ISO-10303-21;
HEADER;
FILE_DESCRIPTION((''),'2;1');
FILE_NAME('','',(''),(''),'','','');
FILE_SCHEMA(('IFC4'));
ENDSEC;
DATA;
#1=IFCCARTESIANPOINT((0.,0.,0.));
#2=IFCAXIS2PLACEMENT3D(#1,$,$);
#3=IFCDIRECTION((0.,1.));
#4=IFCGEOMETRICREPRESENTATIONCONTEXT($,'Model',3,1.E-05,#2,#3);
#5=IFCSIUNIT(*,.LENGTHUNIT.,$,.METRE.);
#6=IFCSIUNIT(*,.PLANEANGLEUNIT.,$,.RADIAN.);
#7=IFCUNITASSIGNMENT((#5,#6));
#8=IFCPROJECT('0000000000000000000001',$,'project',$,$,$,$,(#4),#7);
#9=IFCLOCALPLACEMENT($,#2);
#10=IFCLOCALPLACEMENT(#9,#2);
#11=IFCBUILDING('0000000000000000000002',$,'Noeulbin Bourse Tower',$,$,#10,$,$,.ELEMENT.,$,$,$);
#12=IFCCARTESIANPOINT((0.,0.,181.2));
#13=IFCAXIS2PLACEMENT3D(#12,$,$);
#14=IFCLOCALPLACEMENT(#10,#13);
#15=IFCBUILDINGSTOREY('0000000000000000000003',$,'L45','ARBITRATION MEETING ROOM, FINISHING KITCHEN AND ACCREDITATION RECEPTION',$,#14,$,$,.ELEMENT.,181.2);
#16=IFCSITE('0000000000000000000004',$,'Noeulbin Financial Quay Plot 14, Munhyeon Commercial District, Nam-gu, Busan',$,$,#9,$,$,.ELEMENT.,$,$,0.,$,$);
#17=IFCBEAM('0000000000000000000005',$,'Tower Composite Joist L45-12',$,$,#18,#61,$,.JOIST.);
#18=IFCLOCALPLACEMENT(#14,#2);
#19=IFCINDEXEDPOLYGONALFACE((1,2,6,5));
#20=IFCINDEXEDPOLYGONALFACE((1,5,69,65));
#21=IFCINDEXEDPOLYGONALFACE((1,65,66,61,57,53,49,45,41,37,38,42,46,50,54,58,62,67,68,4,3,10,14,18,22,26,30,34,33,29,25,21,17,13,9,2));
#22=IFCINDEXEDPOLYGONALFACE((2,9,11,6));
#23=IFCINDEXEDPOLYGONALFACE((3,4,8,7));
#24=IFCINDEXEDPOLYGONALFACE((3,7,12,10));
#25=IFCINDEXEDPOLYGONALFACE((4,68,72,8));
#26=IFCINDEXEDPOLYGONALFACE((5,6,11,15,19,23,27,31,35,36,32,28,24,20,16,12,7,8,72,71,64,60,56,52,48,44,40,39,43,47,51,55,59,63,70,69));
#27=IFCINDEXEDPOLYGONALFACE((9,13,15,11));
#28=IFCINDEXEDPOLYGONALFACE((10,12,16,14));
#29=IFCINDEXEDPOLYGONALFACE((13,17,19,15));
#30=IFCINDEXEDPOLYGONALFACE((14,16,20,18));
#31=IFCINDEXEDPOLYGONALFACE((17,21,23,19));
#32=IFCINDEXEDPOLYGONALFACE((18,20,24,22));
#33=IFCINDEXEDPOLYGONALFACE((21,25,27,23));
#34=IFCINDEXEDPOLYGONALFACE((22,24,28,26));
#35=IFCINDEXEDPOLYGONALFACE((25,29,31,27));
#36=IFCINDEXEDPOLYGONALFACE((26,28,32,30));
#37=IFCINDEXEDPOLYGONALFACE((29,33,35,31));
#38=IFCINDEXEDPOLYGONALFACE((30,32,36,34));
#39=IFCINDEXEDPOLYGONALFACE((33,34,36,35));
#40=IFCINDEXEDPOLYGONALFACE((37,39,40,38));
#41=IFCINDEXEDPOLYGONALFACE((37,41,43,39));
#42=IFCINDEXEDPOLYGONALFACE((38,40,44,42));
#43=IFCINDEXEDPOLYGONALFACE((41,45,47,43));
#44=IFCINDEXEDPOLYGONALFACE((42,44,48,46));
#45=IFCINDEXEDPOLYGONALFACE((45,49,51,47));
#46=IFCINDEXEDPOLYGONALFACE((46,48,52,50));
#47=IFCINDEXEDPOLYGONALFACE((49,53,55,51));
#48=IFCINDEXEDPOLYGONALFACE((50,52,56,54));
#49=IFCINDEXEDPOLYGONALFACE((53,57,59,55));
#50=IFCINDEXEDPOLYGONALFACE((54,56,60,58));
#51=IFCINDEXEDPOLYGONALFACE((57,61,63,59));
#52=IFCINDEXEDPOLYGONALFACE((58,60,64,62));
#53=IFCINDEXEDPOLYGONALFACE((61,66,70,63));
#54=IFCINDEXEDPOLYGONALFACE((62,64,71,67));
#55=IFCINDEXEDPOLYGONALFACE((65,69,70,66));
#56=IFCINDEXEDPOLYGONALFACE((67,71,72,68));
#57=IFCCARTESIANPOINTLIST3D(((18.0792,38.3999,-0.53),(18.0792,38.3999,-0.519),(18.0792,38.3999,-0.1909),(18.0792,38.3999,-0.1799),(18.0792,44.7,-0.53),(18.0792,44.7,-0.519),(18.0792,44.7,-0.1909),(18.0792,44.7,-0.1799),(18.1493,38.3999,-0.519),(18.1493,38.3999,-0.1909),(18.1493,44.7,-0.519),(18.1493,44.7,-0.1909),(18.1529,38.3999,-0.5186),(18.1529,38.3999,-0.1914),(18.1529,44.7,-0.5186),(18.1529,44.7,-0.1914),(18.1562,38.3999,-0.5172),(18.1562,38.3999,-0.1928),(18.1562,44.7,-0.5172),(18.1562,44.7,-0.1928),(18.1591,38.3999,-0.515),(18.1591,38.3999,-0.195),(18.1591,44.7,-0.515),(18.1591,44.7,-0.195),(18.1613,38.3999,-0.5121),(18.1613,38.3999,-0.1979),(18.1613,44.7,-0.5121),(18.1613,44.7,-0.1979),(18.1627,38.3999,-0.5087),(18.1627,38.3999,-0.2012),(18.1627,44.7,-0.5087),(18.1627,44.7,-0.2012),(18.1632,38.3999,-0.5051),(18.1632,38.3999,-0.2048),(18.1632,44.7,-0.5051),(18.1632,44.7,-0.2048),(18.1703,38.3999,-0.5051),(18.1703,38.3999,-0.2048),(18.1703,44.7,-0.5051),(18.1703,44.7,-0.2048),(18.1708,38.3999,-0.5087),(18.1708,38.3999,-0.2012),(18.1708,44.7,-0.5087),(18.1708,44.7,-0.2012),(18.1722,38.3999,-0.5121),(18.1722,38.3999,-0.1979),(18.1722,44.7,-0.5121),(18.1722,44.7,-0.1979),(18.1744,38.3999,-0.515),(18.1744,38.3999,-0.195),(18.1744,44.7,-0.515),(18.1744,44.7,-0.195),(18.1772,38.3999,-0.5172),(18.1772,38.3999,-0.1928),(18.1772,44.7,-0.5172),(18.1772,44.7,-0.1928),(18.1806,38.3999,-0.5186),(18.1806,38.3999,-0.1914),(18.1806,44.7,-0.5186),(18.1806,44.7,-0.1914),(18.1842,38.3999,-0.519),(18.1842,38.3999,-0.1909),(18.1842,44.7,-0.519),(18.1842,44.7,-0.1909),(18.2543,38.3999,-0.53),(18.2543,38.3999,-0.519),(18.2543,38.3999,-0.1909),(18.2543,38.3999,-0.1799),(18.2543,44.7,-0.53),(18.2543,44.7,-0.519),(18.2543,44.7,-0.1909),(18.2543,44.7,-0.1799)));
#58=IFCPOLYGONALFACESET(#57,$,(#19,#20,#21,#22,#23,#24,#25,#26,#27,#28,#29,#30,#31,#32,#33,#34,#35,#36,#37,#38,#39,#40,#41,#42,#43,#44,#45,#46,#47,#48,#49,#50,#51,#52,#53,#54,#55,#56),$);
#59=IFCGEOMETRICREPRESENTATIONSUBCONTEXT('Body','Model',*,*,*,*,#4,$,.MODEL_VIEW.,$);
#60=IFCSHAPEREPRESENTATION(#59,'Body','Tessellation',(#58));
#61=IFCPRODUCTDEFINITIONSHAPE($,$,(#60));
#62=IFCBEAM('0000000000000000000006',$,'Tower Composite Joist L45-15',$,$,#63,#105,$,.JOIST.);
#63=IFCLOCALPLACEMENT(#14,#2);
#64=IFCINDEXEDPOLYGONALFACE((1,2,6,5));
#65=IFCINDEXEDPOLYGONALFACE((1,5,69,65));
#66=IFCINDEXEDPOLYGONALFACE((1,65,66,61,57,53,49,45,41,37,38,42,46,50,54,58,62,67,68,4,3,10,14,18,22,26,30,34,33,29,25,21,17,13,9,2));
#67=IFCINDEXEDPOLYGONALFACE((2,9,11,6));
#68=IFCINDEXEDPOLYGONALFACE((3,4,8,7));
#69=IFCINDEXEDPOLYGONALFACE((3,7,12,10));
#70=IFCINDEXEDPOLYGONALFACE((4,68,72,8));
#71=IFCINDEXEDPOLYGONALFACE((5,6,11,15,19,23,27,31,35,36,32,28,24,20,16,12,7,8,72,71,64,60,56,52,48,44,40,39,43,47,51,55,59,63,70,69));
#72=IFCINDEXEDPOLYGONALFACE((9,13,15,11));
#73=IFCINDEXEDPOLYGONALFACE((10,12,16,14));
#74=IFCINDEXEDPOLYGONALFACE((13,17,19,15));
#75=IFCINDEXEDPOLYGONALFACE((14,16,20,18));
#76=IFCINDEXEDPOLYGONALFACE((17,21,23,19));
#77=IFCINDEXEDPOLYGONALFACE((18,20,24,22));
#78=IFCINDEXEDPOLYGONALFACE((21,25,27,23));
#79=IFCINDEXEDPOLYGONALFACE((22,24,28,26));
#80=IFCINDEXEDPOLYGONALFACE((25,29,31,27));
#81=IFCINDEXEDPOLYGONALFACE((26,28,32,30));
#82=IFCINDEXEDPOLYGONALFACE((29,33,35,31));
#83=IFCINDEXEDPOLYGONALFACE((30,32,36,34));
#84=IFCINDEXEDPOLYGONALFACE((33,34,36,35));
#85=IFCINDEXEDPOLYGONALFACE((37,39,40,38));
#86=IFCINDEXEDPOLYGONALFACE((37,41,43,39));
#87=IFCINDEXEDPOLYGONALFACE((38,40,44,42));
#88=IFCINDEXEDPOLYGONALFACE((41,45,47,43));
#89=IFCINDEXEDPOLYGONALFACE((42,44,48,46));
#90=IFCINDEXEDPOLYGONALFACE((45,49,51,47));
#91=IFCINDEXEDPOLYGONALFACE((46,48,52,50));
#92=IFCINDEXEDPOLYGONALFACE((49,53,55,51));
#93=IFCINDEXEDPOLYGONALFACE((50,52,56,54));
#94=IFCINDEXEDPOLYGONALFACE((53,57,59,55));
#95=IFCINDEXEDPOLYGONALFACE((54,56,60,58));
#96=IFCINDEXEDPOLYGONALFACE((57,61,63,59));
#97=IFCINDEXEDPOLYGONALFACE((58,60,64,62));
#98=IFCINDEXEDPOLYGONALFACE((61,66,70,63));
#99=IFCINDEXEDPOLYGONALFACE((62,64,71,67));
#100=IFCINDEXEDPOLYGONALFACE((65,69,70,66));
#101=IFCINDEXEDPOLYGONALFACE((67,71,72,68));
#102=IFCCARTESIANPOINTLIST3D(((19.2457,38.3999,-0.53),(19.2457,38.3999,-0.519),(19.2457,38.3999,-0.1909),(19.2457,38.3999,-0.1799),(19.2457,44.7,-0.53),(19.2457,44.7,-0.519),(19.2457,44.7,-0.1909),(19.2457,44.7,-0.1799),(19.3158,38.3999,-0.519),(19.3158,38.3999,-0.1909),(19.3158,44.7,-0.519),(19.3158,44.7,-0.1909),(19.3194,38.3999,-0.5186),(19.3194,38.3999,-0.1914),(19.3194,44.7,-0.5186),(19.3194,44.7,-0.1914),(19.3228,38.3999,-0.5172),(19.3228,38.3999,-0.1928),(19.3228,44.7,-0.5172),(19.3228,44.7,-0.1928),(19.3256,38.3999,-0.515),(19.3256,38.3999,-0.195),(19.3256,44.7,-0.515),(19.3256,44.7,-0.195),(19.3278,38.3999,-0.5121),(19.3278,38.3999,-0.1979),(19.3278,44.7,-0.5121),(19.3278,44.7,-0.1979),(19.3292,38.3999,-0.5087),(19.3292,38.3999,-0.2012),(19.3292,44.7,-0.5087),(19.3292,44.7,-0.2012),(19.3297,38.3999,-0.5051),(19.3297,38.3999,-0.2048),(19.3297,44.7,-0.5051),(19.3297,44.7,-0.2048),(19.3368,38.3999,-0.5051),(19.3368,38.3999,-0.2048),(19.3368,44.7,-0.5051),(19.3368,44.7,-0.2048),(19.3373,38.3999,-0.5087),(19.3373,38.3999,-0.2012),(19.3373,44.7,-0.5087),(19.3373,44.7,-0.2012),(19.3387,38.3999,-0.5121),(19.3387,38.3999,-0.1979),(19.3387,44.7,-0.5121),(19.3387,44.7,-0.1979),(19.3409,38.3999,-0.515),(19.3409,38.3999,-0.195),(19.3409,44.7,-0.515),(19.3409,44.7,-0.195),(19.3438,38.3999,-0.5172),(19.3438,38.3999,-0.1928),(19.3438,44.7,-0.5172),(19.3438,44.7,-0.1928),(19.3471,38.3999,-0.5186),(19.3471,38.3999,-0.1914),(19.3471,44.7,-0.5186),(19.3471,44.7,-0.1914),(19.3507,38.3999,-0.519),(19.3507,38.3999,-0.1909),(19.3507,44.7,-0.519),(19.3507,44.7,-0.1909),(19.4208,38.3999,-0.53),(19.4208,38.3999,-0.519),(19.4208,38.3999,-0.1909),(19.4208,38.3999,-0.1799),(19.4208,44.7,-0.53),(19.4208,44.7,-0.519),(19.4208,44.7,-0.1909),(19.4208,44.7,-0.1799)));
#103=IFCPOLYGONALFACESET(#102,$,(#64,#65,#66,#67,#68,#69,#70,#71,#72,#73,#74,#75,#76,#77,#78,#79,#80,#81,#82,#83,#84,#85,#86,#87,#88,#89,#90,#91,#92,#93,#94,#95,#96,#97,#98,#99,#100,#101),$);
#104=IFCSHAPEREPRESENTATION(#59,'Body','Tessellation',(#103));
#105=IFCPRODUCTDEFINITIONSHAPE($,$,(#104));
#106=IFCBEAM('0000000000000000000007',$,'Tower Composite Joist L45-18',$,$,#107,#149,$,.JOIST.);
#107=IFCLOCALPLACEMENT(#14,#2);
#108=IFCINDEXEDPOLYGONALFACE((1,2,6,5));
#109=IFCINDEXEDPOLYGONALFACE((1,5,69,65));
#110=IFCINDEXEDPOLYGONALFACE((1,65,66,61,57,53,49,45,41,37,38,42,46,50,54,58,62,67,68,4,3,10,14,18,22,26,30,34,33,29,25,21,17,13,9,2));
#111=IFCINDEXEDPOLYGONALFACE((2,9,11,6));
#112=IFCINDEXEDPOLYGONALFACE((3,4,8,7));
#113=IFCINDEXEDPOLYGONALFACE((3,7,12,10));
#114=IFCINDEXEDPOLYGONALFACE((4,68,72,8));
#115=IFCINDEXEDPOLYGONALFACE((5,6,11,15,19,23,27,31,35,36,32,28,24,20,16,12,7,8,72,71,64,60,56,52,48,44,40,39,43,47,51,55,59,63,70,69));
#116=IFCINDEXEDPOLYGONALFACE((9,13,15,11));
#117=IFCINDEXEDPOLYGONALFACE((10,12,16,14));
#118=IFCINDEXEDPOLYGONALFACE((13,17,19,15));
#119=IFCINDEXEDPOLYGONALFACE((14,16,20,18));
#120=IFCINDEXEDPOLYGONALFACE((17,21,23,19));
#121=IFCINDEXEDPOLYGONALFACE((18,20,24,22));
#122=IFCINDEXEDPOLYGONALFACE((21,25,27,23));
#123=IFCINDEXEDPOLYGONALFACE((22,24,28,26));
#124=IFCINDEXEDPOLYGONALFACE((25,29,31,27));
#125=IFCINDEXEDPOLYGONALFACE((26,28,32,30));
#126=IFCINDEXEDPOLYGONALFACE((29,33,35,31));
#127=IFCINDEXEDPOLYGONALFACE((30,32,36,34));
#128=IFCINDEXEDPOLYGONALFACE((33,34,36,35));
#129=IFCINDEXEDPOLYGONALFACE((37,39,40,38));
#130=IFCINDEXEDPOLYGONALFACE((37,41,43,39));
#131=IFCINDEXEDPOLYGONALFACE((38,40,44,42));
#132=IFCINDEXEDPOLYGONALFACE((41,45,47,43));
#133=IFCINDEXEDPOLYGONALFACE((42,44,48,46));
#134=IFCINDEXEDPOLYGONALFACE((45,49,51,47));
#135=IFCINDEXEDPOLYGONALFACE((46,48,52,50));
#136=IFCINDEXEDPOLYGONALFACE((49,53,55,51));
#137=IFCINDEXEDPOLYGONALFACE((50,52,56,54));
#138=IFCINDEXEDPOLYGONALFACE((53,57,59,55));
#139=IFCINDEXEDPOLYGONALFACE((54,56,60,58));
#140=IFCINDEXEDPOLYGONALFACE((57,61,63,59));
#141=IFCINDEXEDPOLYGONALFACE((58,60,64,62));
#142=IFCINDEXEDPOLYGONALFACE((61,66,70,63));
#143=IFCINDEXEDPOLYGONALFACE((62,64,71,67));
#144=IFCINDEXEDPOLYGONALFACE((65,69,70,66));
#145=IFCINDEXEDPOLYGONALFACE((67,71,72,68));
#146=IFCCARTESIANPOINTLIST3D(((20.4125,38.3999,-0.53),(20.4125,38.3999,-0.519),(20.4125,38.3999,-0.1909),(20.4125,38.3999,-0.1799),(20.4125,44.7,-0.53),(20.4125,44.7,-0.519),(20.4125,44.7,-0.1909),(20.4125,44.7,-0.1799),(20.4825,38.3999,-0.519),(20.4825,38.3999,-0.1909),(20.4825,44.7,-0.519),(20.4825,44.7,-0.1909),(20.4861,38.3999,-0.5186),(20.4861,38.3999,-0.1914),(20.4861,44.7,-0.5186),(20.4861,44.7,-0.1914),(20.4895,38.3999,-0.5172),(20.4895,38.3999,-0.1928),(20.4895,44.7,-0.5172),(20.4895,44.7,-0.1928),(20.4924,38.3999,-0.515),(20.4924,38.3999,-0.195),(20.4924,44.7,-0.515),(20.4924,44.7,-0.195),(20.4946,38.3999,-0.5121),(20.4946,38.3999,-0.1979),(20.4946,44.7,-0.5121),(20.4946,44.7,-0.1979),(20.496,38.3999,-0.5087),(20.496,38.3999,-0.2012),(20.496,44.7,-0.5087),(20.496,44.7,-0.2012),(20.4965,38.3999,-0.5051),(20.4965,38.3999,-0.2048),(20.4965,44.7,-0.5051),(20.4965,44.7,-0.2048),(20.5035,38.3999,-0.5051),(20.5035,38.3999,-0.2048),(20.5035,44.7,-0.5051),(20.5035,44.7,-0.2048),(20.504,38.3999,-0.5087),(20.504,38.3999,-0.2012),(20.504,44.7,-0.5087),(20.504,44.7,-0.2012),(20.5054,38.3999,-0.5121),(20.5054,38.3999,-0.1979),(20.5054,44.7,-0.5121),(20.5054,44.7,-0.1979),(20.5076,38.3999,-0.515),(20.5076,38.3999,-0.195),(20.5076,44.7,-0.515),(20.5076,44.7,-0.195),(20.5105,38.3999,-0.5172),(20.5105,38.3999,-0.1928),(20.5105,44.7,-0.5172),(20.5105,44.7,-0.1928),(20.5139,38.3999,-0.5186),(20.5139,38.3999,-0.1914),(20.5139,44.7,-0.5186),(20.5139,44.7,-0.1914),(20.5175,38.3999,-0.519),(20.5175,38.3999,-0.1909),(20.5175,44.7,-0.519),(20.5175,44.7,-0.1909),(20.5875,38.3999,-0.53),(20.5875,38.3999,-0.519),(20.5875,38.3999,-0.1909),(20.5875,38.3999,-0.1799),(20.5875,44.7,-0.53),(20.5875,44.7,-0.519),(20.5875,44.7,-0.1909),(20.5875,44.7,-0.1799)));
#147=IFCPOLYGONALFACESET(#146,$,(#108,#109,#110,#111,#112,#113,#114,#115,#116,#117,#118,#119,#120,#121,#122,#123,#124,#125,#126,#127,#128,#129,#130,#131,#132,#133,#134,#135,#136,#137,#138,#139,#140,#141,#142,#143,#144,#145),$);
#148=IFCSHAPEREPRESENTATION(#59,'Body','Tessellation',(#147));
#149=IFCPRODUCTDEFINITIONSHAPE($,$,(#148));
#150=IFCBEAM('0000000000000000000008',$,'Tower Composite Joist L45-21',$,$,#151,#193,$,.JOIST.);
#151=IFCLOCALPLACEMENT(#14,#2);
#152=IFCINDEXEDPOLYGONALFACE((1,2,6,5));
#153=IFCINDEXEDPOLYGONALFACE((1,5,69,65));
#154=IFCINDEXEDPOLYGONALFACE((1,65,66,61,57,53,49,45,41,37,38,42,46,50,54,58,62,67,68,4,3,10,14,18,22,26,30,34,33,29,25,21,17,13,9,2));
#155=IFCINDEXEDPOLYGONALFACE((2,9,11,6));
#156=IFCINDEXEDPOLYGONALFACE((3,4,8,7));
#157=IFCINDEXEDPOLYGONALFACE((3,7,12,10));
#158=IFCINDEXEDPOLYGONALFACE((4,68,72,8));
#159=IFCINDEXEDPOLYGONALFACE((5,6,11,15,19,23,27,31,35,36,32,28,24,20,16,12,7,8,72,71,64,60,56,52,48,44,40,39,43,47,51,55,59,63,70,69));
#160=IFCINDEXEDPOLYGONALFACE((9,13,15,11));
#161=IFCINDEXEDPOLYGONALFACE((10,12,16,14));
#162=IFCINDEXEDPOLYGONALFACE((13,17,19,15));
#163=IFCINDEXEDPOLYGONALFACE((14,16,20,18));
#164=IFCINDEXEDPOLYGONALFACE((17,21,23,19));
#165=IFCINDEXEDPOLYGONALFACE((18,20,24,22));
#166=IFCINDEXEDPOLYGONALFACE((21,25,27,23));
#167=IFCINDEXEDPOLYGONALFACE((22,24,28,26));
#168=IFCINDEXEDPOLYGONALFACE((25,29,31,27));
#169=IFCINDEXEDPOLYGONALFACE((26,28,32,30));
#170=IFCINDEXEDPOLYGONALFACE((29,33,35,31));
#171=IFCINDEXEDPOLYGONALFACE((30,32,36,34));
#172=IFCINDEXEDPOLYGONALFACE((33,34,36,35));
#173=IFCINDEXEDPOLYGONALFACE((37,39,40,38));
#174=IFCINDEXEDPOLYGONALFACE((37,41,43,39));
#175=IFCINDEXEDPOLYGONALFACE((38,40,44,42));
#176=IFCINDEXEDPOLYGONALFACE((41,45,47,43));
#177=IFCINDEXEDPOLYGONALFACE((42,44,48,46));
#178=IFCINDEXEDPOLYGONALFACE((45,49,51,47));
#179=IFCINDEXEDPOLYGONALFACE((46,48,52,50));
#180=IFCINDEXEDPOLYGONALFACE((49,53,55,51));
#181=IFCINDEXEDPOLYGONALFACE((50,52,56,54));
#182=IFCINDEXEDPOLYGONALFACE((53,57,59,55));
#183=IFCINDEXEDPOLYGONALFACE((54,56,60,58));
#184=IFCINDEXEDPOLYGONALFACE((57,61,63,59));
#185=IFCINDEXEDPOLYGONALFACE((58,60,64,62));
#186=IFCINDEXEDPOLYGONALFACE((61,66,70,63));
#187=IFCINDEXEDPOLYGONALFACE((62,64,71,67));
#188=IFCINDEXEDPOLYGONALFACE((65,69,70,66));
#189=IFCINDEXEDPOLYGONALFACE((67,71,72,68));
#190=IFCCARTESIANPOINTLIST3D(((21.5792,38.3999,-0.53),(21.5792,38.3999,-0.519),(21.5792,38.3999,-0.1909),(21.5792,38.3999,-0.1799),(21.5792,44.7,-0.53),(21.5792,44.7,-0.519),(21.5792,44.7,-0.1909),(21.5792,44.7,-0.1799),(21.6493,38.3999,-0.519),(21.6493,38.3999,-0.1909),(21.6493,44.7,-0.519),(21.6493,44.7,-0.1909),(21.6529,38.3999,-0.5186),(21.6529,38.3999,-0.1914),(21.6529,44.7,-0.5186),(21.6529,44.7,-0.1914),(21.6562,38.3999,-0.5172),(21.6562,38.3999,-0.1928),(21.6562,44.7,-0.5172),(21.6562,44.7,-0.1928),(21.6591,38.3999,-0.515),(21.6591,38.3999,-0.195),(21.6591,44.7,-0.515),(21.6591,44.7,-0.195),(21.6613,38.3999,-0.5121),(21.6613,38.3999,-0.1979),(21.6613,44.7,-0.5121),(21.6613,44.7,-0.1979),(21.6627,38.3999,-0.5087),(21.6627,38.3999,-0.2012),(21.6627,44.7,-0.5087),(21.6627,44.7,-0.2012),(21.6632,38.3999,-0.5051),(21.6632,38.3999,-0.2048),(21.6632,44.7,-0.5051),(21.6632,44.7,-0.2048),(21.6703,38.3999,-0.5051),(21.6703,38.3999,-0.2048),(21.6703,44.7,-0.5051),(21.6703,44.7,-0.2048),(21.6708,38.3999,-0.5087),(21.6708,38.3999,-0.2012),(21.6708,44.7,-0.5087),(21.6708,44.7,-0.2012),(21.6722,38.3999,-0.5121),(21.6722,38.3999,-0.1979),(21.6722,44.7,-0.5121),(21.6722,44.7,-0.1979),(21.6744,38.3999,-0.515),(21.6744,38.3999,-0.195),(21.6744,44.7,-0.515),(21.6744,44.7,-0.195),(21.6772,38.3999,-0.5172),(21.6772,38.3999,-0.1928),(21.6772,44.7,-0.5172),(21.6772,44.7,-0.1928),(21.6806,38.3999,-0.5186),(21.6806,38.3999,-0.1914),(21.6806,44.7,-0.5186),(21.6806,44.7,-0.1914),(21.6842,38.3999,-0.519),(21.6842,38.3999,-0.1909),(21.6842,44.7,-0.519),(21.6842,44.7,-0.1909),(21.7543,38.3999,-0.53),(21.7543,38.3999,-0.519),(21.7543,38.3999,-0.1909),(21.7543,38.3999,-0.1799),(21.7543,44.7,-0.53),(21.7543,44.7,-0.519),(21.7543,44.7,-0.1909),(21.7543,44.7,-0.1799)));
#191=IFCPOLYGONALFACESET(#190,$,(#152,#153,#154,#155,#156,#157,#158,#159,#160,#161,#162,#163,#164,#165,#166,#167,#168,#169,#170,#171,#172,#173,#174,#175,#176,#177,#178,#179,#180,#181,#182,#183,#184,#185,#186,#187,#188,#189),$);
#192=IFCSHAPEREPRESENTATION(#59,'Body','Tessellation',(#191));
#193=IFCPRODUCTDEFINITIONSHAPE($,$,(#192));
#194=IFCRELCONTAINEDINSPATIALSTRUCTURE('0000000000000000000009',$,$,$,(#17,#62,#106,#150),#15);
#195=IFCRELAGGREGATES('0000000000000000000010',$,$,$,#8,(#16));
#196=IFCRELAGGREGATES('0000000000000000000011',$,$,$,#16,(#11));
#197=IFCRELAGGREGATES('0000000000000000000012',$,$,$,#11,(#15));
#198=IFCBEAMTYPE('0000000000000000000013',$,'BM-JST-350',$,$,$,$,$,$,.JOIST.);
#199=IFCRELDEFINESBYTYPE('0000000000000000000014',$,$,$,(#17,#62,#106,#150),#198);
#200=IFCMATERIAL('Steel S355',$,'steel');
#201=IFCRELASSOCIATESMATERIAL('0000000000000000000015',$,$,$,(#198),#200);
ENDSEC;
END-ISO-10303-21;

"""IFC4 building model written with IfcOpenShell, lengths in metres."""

from ifc_helpers import new_model, si_unit, direction, frame, origin, origin_2d, place, context, subcontext, project, spatial, i_section, extrude, material, material_profile, profile_set, type_object, element, save


model = new_model("IFC4")

# Units and contexts
model_context = context("Model", 3, precision=1e-05, world=origin(), true_north=direction((0.0, 1.0)))
body_context = subcontext(model_context, "Body", "Model", "MODEL_VIEW")
ifc_project = project(units=[si_unit("LENGTHUNIT", "METRE"), si_unit("PLANEANGLEUNIT", "RADIAN")], contexts=[model_context])

# Site, building, storey
site_placement = place(None, origin())
site = spatial("IfcSite", under=ifc_project, at=site_placement, Name="Noeulbin Financial Quay Plot 14, Munhyeon Commercial District, Nam-gu, Busan", CompositionType="ELEMENT", RefElevation=0.0)
building_placement = place(site_placement, origin())
building = spatial("IfcBuilding", under=site, at=building_placement, Name="Noeulbin Bourse Tower", CompositionType="ELEMENT")
storey_placement = place(building_placement, frame((0.0, 0.0, 181.2)))
storey = spatial("IfcBuildingStorey", under=building, at=storey_placement, Name="L45", Description="ARBITRATION MEETING ROOM, FINISHING KITCHEN AND ACCREDITATION RECEPTION", CompositionType="ELEMENT", Elevation=181.2)

# Shared definitions
ifc_material_1 = material(Name="Steel S355", Category="steel")

# Beams
ifc_material_profile_1 = material_profile(ifc_material_1, i_section(OverallWidth=0.175, OverallDepth=0.3501, WebThickness=0.0071, FlangeThickness=0.011, FilletRadius=0.0139, at=origin_2d()), Name="H-350x175x7x11", Category="LoadBearing")
ifc_profile_set_1 = profile_set([ifc_material_profile_1], Name="Steel S355")
beam_type_1 = type_object("IfcBeamType", Name="BM-JST-350", PredefinedType="JOIST", material=ifc_profile_set_1)
for number, where, z_axis, x_axis, name in (
    (1, (18.1667, 38.3999, -0.355), (0.0, 1.0, 0.0), (-1.0, 0.0, 0.0), "Tower Composite Joist L45-12"),
    (2, (19.3333, 38.3999, -0.355), (0.0, 1.0, 0.0), (-1.0, 0.0, 0.0), "Tower Composite Joist L45-15"),
    (3, (20.5, 38.3999, -0.355), (0.0, 1.0, 0.0), (-1.0, 0.0, 0.0), "Tower Composite Joist L45-18"),
    (4, (21.6667, 38.3999, -0.355), (0.0, 1.0, 0.0), (-1.0, 0.0, 0.0), "Tower Composite Joist L45-21"),
):
    element("IfcBeam", number, at=place(storey_placement, frame(where, z_axis=z_axis, x_axis=x_axis)), inside=storey, type_object=beam_type_1, Name=name, PredefinedType="JOIST", context=body_context, shape_type="SweptSolid", body=[
        extrude(i_section(OverallWidth=0.175, OverallDepth=0.3501, WebThickness=0.0071, FlangeThickness=0.011, FilletRadius=0.0139, at=origin_2d()), origin(), (0.0, 0.0, 1.0), 6.3),
    ])

save(model, "model.ifc")
